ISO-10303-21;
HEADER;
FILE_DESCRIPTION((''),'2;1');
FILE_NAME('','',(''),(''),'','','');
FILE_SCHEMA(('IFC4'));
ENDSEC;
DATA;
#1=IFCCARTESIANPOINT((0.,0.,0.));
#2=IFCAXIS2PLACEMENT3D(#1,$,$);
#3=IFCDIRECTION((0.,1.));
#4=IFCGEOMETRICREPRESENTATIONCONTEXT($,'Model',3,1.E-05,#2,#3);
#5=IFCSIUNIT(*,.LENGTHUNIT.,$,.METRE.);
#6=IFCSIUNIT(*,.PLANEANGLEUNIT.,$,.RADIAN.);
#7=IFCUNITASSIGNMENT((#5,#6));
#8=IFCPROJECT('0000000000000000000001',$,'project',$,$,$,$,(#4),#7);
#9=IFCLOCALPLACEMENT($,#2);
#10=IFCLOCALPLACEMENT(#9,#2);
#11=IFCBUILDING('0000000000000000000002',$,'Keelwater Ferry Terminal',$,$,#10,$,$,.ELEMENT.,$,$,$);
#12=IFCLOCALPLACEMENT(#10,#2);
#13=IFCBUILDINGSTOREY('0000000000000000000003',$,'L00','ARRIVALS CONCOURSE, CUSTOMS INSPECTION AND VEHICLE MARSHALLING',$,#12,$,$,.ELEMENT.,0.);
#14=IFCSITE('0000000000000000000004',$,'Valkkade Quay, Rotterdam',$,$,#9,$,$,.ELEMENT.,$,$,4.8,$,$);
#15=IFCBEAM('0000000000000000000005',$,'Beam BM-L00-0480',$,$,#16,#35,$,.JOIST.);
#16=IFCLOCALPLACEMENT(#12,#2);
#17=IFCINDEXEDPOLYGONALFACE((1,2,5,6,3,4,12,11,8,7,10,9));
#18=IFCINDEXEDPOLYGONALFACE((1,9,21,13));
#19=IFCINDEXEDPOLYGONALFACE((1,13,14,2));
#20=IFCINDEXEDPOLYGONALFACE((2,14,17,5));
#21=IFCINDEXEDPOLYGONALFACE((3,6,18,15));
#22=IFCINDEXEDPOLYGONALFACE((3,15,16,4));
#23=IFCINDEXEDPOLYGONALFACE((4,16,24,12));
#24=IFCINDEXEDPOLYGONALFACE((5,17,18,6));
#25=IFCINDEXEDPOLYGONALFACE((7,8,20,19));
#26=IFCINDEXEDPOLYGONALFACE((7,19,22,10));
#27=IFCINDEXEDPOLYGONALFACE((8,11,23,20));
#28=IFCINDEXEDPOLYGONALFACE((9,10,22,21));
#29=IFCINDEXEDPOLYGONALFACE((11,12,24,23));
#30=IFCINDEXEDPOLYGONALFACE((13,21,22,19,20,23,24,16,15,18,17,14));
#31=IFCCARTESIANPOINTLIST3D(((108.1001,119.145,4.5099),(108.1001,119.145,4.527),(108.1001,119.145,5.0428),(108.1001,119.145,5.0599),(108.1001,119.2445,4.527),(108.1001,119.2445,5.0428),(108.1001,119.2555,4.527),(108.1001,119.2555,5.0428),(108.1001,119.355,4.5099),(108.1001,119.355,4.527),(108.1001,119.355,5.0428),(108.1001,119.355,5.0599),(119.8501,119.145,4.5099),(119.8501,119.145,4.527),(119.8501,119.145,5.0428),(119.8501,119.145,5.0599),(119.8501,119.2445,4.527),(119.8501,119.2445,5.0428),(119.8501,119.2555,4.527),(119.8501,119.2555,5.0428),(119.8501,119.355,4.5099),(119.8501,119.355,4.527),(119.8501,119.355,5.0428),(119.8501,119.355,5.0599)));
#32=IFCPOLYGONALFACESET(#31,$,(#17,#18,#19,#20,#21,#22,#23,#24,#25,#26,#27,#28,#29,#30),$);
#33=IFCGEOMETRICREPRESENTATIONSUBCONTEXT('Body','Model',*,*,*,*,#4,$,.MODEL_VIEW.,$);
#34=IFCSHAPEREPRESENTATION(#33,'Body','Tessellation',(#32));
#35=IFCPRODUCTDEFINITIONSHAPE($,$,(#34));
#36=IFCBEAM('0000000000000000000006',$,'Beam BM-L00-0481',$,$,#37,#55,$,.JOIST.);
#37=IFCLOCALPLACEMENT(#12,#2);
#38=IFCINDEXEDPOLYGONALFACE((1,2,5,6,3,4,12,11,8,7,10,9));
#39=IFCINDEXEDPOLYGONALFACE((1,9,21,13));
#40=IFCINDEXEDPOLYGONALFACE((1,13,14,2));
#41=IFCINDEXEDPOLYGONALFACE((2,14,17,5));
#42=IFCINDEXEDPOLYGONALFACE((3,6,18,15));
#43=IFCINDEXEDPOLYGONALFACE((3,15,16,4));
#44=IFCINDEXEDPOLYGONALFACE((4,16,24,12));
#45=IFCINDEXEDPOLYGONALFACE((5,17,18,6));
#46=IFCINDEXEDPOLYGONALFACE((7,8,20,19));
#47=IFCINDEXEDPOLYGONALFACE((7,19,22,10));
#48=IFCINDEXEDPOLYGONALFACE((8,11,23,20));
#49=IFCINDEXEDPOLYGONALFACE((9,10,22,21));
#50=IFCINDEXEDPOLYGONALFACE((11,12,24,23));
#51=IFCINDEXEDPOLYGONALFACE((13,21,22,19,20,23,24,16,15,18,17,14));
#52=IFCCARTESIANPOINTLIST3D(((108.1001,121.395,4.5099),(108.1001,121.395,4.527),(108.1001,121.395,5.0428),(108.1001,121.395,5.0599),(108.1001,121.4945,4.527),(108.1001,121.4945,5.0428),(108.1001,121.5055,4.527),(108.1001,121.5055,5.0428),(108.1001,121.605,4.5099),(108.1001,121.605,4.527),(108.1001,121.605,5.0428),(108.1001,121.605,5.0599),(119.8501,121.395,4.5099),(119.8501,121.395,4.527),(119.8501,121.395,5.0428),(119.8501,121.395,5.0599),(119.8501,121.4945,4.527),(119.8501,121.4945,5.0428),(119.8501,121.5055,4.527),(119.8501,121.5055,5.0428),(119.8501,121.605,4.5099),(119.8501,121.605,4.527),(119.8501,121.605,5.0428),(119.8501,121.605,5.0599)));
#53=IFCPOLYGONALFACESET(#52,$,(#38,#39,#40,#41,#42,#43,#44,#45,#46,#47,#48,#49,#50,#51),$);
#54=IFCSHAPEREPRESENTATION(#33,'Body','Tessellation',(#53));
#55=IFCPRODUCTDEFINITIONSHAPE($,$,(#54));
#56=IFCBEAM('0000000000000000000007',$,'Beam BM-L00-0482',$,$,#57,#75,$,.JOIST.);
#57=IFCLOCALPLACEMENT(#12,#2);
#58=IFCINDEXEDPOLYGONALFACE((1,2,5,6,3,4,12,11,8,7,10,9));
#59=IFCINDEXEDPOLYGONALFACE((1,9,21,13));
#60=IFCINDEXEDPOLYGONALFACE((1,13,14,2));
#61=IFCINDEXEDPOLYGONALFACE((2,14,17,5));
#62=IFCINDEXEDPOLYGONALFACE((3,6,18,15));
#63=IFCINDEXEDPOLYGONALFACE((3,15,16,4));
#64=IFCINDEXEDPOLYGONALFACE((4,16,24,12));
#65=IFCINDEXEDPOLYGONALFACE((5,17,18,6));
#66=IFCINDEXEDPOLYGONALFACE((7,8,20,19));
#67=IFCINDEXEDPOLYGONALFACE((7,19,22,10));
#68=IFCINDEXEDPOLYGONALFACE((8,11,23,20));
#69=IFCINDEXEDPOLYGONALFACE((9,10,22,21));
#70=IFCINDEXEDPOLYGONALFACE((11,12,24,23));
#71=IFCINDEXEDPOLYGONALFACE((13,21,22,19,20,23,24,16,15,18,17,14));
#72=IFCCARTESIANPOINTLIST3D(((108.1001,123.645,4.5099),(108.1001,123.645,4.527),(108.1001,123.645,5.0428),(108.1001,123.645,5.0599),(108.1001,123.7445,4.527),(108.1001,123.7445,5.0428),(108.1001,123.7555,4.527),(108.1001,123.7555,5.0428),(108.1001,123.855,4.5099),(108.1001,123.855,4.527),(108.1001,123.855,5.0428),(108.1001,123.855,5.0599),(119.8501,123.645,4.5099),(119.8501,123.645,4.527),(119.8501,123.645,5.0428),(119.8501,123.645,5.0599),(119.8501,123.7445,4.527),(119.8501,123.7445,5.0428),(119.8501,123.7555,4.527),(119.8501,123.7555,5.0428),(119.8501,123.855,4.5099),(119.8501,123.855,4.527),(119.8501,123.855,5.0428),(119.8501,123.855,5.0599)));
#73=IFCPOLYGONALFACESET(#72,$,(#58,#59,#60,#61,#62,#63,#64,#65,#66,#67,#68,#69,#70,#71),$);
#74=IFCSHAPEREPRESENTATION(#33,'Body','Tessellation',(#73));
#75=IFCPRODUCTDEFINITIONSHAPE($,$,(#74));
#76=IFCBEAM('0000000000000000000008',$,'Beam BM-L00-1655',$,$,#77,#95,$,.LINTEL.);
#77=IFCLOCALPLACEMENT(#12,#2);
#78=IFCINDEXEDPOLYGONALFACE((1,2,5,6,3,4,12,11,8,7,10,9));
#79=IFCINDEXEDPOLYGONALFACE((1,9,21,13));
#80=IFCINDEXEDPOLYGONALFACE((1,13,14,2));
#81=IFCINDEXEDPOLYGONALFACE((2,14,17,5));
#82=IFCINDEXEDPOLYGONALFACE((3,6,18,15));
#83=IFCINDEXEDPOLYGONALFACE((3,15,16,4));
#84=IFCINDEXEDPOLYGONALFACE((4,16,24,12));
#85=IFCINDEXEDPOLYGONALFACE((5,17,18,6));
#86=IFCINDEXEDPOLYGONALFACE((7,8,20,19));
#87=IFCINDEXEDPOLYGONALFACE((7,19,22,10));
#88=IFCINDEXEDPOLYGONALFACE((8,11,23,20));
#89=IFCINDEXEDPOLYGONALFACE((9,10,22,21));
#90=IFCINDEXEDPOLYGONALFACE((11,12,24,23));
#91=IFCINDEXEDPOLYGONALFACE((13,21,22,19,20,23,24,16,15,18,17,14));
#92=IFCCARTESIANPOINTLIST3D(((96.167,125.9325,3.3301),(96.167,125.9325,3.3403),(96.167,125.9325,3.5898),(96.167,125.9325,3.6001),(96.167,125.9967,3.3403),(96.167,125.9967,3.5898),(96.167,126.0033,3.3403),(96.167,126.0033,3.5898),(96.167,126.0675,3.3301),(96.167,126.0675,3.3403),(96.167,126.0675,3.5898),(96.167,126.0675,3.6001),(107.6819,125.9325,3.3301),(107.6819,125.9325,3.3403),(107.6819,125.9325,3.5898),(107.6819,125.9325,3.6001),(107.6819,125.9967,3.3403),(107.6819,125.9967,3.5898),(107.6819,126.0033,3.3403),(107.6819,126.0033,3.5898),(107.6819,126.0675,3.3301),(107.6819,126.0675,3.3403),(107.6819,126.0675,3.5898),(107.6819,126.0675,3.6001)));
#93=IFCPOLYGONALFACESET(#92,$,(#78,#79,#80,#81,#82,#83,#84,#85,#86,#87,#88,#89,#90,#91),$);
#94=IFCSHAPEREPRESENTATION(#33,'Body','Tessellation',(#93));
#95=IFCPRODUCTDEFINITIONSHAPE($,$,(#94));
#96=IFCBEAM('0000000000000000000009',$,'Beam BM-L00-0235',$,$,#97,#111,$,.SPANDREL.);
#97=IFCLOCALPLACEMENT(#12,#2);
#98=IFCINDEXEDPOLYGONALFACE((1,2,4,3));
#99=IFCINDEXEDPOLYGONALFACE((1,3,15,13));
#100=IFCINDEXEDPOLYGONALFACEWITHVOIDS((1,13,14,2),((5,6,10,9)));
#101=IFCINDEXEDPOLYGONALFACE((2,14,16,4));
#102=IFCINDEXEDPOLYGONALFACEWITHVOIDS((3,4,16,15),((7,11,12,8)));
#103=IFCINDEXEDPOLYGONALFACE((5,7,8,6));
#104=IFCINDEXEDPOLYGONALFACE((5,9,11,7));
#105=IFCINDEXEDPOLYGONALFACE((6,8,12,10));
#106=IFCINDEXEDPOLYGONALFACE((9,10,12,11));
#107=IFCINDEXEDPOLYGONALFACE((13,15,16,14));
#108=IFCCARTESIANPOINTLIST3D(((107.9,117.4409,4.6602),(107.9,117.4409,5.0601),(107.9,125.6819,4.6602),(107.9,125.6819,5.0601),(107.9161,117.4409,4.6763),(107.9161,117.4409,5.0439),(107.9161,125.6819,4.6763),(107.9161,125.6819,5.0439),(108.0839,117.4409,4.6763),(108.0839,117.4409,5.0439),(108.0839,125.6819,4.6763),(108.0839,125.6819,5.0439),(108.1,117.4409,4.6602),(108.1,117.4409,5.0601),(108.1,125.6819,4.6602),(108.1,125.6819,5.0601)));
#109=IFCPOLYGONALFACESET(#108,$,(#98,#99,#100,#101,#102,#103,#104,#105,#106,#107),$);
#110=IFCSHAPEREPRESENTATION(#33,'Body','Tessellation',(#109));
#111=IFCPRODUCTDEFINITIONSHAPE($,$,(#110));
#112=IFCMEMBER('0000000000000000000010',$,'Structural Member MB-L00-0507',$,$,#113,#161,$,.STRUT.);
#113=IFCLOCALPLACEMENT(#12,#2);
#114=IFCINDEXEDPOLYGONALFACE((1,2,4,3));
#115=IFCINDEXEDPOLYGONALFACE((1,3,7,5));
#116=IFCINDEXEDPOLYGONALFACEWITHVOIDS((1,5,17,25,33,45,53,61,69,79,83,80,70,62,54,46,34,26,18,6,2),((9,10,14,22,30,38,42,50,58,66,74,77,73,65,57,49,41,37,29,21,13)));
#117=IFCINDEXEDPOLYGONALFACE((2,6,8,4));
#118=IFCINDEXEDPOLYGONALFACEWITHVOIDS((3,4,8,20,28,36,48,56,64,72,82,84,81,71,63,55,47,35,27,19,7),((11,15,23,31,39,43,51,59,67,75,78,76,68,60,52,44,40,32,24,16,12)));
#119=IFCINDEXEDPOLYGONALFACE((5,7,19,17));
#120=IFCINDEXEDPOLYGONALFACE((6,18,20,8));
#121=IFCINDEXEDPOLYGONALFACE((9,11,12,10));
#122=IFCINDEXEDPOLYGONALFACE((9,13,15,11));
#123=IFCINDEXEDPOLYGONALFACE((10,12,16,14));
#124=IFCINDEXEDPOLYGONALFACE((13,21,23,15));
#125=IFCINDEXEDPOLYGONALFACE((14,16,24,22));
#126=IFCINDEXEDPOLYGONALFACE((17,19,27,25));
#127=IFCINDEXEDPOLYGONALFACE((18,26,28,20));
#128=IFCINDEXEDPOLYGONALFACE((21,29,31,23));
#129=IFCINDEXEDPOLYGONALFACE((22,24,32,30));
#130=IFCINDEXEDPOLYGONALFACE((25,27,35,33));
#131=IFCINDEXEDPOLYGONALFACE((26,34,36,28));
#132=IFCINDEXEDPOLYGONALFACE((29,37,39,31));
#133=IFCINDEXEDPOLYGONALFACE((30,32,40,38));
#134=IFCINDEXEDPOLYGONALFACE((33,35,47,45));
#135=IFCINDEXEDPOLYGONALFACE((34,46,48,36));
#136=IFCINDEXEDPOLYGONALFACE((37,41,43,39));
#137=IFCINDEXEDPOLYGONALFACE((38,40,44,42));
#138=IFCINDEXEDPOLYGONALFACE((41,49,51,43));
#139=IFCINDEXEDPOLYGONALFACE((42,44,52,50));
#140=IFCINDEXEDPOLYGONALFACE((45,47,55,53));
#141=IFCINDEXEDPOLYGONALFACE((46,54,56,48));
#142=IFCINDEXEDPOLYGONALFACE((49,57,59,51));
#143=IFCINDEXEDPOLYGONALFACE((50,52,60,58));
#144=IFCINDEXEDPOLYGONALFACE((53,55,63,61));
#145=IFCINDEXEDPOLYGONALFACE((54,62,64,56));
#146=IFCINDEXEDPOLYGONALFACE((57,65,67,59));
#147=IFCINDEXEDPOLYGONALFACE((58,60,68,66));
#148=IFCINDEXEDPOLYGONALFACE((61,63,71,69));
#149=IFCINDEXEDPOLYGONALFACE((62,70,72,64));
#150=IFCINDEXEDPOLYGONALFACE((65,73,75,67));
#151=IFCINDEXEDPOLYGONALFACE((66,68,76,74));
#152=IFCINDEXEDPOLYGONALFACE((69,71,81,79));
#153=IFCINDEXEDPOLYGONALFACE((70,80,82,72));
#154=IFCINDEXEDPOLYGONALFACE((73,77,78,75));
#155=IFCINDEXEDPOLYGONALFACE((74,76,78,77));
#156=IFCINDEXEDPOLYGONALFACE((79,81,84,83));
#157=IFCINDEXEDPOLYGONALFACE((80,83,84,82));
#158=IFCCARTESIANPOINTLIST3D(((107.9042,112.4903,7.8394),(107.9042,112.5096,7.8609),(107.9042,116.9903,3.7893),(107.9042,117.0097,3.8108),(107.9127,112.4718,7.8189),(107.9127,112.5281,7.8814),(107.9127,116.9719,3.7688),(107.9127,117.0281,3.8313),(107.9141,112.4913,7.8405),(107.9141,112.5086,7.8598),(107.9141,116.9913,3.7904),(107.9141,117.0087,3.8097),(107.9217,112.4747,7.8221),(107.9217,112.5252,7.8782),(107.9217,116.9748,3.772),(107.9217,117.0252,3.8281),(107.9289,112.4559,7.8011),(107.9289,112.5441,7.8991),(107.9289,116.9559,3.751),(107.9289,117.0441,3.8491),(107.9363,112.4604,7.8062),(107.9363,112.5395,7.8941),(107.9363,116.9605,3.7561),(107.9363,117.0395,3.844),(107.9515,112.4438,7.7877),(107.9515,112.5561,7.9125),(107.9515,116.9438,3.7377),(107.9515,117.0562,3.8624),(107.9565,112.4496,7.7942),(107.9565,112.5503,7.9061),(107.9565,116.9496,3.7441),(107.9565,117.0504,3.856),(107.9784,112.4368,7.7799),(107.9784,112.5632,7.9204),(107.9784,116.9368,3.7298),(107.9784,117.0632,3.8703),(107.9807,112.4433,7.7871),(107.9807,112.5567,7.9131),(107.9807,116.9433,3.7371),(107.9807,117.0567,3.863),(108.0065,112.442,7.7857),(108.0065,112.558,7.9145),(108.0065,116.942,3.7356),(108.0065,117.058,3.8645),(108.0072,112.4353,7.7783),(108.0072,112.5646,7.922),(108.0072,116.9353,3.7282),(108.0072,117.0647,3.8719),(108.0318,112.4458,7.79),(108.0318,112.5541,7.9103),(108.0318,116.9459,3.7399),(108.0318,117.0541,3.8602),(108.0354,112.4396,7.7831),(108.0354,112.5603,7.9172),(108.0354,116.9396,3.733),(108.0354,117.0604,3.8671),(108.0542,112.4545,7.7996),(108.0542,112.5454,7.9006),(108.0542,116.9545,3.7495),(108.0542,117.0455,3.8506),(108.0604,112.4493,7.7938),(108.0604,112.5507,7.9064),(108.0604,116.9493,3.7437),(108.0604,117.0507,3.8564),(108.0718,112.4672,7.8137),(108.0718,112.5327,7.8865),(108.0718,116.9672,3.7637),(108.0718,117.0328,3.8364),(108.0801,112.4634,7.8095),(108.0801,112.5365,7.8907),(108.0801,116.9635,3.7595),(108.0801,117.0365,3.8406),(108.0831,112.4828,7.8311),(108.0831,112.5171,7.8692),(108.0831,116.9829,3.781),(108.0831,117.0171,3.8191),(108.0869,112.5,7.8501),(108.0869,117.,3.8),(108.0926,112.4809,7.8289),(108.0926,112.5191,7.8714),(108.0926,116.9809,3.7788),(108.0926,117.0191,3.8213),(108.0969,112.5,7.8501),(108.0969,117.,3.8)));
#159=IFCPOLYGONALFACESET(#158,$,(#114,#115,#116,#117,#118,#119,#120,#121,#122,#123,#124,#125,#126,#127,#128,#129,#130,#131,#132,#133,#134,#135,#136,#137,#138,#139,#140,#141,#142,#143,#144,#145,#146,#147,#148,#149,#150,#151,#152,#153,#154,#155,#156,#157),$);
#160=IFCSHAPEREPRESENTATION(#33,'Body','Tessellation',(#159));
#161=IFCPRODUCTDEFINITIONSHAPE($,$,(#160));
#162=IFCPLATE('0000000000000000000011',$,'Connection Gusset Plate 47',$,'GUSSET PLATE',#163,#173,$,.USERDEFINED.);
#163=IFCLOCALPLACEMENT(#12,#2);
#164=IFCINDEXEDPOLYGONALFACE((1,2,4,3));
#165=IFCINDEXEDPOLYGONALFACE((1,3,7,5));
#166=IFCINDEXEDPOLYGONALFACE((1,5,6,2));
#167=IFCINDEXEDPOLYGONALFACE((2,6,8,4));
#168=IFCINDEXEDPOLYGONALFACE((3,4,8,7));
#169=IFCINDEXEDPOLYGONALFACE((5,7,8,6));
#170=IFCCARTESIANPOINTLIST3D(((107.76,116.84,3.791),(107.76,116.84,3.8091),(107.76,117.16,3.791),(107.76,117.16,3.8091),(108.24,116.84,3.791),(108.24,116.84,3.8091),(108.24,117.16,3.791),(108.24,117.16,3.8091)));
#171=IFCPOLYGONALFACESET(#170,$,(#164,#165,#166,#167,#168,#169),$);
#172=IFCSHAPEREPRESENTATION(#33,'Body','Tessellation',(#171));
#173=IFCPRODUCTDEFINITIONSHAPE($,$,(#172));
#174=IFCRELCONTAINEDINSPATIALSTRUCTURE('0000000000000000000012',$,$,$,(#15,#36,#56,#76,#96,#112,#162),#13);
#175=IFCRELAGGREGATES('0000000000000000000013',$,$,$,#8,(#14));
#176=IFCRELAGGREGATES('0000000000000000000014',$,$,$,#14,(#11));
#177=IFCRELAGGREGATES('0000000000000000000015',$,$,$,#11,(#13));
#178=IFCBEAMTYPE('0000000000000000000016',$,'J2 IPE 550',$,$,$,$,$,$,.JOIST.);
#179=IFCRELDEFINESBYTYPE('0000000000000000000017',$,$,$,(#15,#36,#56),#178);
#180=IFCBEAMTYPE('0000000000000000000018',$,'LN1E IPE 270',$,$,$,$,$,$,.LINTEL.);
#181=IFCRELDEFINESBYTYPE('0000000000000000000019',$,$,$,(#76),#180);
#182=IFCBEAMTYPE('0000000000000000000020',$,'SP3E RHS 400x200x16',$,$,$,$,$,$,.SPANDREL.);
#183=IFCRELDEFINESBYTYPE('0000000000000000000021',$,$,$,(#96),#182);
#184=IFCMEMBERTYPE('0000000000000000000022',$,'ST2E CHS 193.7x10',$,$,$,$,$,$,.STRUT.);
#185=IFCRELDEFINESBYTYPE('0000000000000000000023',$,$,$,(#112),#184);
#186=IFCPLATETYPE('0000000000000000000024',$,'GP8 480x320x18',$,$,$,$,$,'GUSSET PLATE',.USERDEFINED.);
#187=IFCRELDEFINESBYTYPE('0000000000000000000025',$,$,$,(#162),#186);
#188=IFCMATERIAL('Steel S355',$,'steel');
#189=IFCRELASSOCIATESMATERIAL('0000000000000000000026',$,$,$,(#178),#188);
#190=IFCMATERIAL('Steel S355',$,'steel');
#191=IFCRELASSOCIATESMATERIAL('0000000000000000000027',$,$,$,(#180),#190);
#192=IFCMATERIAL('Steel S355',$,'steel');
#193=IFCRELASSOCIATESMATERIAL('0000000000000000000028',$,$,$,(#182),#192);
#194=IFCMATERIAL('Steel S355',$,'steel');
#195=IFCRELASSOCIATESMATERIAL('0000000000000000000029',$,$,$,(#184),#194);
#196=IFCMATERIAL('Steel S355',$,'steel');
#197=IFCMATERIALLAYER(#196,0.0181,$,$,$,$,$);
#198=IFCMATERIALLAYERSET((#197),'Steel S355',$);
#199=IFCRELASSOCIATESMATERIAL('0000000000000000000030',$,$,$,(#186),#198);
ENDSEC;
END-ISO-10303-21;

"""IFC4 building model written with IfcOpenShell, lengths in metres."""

from ifc_helpers import new_model, si_unit, direction, frame, origin, origin_2d, place, context, subcontext, project, spatial, rectangle, hollow_rectangle, hollow_circle, i_section, extrude, material, layer, layer_set, material_profile, profile_set, type_object, element, save


model = new_model("IFC4")

# Units and contexts
model_context = context("Model", 3, precision=1e-05, world=origin(), true_north=direction((0.0, 1.0)))
body_context = subcontext(model_context, "Body", "Model", "MODEL_VIEW")
ifc_project = project(units=[si_unit("LENGTHUNIT", "METRE"), si_unit("PLANEANGLEUNIT", "RADIAN")], contexts=[model_context])

# Site, building, storey
site_placement = place(None, origin())
site = spatial("IfcSite", under=ifc_project, at=site_placement, Name="Valkkade Quay, Rotterdam", CompositionType="ELEMENT", RefElevation=4.8)
building_placement = place(site_placement, origin())
building = spatial("IfcBuilding", under=site, at=building_placement, Name="Keelwater Ferry Terminal", CompositionType="ELEMENT")
storey_placement = place(building_placement, origin())
storey = spatial("IfcBuildingStorey", under=building, at=storey_placement, Name="L00", Description="ARRIVALS CONCOURSE, CUSTOMS INSPECTION AND VEHICLE MARSHALLING", CompositionType="ELEMENT", Elevation=0.0)

# Beams
ifc_material_1 = material(Name="Steel S355", Category="steel")
ifc_material_profile_1 = material_profile(ifc_material_1, i_section(OverallWidth=0.21, OverallDepth=0.55, WebThickness=0.011, FlangeThickness=0.0171, at=origin_2d()), Name="IPE 550")
ifc_profile_set_1 = profile_set([ifc_material_profile_1], Name="Steel S355")
beam_type_1 = type_object("IfcBeamType", Name="J2 IPE 550", PredefinedType="JOIST", material=ifc_profile_set_1)
for number, where, z_axis, x_axis, name in (
    (1, (108.1001, 119.25, 4.7849), (1.0, 0.0, 0.0), (0.0, 1.0, 0.0), "Beam BM-L00-0480"),
    (2, (108.1001, 121.5, 4.7849), (1.0, 0.0, 0.0), (0.0, 1.0, 0.0), "Beam BM-L00-0481"),
    (3, (108.1001, 123.75, 4.7849), (1.0, 0.0, 0.0), (0.0, 1.0, 0.0), "Beam BM-L00-0482"),
):
    element("IfcBeam", number, at=place(storey_placement, frame(where, z_axis=z_axis, x_axis=x_axis)), inside=storey, type_object=beam_type_1, Name=name, PredefinedType="JOIST", context=body_context, shape_type="SweptSolid", body=[
        extrude(i_section(OverallWidth=0.21, OverallDepth=0.55, WebThickness=0.011, FlangeThickness=0.0171, at=origin_2d()), origin(), (0.0, 0.0, 1.0), 11.75),
    ])
ifc_material_2 = material(Name="Steel S355", Category="steel")
ifc_material_profile_2 = material_profile(ifc_material_2, i_section(OverallWidth=0.135, OverallDepth=0.27, WebThickness=0.0066, FlangeThickness=0.0103, at=origin_2d()), Name="IPE 270")
ifc_profile_set_2 = profile_set([ifc_material_profile_2], Name="Steel S355")
beam_type_2 = type_object("IfcBeamType", Name="LN1E IPE 270", PredefinedType="LINTEL", material=ifc_profile_set_2)
beam_1_placement = place(storey_placement, frame((96.167, 126.0, 3.4651), z_axis=(1.0, 0.0, 0.0), x_axis=(0.0, 1.0, 0.0)))
element("IfcBeam", 4, at=beam_1_placement, inside=storey, type_object=beam_type_2, Name="Beam BM-L00-1655", PredefinedType="LINTEL", context=body_context, shape_type="SweptSolid", body=[
    extrude(i_section(OverallWidth=0.135, OverallDepth=0.27, WebThickness=0.0066, FlangeThickness=0.0103, at=origin_2d()), origin(), (0.0, 0.0, 1.0), 11.5149),
])
ifc_material_3 = material(Name="Steel S355", Category="steel")
ifc_material_profile_3 = material_profile(ifc_material_3, hollow_rectangle(XDim=0.2, YDim=0.3999, WallThickness=0.0161, at=origin_2d()), Name="RHS 400x200x16")
ifc_profile_set_3 = profile_set([ifc_material_profile_3], Name="Steel S355")
beam_type_3 = type_object("IfcBeamType", Name="SP3E RHS 400x200x16", PredefinedType="SPANDREL", material=ifc_profile_set_3)
beam_2_placement = place(storey_placement, frame((108.0, 117.4409, 4.8601), z_axis=(0.0, 1.0, 0.0), x_axis=(-1.0, 0.0, 0.0)))
element("IfcBeam", 5, at=beam_2_placement, inside=storey, type_object=beam_type_3, Name="Beam BM-L00-0235", PredefinedType="SPANDREL", context=body_context, shape_type="SweptSolid", body=[
    extrude(hollow_rectangle(XDim=0.2, YDim=0.3999, WallThickness=0.0161, at=origin_2d()), origin(), (0.0, 0.0, 1.0), 8.241),
])

# Member
ifc_material_4 = material(Name="Steel S355", Category="steel")
ifc_material_profile_4 = material_profile(ifc_material_4, hollow_circle(Radius=0.0969, WallThickness=0.01, at=origin_2d()), Name="CHS 193.7x10")
ifc_profile_set_4 = profile_set([ifc_material_profile_4], Name="Steel S355")
member_type = type_object("IfcMemberType", Name="ST2E CHS 193.7x10", PredefinedType="STRUT", material=ifc_profile_set_4)
member_placement = place(storey_placement, frame((108.0, 117.0, 3.8), z_axis=(0.0, -0.74329, 0.668969), x_axis=(1.0, 0.0, 0.0)))
element("IfcMember", 6, at=member_placement, inside=storey, type_object=member_type, Name="Structural Member MB-L00-0507", PredefinedType="STRUT", context=body_context, shape_type="SweptSolid", body=[
    extrude(hollow_circle(Radius=0.0969, WallThickness=0.01, at=origin_2d()), origin(), (0.0, 0.0, 1.0), 6.0542),
])

# Plate
ifc_material_5 = material(Name="Steel S355", Category="steel")
ifc_layer_1 = layer(ifc_material_5, 0.0181)
ifc_layer_set_1 = layer_set([ifc_layer_1], Name="Steel S355")
plate_type = type_object("IfcPlateType", Name="GP8 480x320x18", ElementType="GUSSET PLATE", PredefinedType="USERDEFINED", material=ifc_layer_set_1)
plate_placement = place(storey_placement, frame((108.0, 117.0, 3.791), z_axis=(0.0, 0.0, 1.0), x_axis=(1.0, 0.0, 0.0)))
element("IfcPlate", 7, at=plate_placement, inside=storey, type_object=plate_type, Name="Connection Gusset Plate 47", ObjectType="GUSSET PLATE", PredefinedType="USERDEFINED", context=body_context, shape_type="SweptSolid", body=[
    extrude(rectangle(XDim=0.48, YDim=0.3201, at=origin_2d()), origin(), (0.0, 0.0, 1.0), 0.0181),
])

save(model, "model.ifc")
